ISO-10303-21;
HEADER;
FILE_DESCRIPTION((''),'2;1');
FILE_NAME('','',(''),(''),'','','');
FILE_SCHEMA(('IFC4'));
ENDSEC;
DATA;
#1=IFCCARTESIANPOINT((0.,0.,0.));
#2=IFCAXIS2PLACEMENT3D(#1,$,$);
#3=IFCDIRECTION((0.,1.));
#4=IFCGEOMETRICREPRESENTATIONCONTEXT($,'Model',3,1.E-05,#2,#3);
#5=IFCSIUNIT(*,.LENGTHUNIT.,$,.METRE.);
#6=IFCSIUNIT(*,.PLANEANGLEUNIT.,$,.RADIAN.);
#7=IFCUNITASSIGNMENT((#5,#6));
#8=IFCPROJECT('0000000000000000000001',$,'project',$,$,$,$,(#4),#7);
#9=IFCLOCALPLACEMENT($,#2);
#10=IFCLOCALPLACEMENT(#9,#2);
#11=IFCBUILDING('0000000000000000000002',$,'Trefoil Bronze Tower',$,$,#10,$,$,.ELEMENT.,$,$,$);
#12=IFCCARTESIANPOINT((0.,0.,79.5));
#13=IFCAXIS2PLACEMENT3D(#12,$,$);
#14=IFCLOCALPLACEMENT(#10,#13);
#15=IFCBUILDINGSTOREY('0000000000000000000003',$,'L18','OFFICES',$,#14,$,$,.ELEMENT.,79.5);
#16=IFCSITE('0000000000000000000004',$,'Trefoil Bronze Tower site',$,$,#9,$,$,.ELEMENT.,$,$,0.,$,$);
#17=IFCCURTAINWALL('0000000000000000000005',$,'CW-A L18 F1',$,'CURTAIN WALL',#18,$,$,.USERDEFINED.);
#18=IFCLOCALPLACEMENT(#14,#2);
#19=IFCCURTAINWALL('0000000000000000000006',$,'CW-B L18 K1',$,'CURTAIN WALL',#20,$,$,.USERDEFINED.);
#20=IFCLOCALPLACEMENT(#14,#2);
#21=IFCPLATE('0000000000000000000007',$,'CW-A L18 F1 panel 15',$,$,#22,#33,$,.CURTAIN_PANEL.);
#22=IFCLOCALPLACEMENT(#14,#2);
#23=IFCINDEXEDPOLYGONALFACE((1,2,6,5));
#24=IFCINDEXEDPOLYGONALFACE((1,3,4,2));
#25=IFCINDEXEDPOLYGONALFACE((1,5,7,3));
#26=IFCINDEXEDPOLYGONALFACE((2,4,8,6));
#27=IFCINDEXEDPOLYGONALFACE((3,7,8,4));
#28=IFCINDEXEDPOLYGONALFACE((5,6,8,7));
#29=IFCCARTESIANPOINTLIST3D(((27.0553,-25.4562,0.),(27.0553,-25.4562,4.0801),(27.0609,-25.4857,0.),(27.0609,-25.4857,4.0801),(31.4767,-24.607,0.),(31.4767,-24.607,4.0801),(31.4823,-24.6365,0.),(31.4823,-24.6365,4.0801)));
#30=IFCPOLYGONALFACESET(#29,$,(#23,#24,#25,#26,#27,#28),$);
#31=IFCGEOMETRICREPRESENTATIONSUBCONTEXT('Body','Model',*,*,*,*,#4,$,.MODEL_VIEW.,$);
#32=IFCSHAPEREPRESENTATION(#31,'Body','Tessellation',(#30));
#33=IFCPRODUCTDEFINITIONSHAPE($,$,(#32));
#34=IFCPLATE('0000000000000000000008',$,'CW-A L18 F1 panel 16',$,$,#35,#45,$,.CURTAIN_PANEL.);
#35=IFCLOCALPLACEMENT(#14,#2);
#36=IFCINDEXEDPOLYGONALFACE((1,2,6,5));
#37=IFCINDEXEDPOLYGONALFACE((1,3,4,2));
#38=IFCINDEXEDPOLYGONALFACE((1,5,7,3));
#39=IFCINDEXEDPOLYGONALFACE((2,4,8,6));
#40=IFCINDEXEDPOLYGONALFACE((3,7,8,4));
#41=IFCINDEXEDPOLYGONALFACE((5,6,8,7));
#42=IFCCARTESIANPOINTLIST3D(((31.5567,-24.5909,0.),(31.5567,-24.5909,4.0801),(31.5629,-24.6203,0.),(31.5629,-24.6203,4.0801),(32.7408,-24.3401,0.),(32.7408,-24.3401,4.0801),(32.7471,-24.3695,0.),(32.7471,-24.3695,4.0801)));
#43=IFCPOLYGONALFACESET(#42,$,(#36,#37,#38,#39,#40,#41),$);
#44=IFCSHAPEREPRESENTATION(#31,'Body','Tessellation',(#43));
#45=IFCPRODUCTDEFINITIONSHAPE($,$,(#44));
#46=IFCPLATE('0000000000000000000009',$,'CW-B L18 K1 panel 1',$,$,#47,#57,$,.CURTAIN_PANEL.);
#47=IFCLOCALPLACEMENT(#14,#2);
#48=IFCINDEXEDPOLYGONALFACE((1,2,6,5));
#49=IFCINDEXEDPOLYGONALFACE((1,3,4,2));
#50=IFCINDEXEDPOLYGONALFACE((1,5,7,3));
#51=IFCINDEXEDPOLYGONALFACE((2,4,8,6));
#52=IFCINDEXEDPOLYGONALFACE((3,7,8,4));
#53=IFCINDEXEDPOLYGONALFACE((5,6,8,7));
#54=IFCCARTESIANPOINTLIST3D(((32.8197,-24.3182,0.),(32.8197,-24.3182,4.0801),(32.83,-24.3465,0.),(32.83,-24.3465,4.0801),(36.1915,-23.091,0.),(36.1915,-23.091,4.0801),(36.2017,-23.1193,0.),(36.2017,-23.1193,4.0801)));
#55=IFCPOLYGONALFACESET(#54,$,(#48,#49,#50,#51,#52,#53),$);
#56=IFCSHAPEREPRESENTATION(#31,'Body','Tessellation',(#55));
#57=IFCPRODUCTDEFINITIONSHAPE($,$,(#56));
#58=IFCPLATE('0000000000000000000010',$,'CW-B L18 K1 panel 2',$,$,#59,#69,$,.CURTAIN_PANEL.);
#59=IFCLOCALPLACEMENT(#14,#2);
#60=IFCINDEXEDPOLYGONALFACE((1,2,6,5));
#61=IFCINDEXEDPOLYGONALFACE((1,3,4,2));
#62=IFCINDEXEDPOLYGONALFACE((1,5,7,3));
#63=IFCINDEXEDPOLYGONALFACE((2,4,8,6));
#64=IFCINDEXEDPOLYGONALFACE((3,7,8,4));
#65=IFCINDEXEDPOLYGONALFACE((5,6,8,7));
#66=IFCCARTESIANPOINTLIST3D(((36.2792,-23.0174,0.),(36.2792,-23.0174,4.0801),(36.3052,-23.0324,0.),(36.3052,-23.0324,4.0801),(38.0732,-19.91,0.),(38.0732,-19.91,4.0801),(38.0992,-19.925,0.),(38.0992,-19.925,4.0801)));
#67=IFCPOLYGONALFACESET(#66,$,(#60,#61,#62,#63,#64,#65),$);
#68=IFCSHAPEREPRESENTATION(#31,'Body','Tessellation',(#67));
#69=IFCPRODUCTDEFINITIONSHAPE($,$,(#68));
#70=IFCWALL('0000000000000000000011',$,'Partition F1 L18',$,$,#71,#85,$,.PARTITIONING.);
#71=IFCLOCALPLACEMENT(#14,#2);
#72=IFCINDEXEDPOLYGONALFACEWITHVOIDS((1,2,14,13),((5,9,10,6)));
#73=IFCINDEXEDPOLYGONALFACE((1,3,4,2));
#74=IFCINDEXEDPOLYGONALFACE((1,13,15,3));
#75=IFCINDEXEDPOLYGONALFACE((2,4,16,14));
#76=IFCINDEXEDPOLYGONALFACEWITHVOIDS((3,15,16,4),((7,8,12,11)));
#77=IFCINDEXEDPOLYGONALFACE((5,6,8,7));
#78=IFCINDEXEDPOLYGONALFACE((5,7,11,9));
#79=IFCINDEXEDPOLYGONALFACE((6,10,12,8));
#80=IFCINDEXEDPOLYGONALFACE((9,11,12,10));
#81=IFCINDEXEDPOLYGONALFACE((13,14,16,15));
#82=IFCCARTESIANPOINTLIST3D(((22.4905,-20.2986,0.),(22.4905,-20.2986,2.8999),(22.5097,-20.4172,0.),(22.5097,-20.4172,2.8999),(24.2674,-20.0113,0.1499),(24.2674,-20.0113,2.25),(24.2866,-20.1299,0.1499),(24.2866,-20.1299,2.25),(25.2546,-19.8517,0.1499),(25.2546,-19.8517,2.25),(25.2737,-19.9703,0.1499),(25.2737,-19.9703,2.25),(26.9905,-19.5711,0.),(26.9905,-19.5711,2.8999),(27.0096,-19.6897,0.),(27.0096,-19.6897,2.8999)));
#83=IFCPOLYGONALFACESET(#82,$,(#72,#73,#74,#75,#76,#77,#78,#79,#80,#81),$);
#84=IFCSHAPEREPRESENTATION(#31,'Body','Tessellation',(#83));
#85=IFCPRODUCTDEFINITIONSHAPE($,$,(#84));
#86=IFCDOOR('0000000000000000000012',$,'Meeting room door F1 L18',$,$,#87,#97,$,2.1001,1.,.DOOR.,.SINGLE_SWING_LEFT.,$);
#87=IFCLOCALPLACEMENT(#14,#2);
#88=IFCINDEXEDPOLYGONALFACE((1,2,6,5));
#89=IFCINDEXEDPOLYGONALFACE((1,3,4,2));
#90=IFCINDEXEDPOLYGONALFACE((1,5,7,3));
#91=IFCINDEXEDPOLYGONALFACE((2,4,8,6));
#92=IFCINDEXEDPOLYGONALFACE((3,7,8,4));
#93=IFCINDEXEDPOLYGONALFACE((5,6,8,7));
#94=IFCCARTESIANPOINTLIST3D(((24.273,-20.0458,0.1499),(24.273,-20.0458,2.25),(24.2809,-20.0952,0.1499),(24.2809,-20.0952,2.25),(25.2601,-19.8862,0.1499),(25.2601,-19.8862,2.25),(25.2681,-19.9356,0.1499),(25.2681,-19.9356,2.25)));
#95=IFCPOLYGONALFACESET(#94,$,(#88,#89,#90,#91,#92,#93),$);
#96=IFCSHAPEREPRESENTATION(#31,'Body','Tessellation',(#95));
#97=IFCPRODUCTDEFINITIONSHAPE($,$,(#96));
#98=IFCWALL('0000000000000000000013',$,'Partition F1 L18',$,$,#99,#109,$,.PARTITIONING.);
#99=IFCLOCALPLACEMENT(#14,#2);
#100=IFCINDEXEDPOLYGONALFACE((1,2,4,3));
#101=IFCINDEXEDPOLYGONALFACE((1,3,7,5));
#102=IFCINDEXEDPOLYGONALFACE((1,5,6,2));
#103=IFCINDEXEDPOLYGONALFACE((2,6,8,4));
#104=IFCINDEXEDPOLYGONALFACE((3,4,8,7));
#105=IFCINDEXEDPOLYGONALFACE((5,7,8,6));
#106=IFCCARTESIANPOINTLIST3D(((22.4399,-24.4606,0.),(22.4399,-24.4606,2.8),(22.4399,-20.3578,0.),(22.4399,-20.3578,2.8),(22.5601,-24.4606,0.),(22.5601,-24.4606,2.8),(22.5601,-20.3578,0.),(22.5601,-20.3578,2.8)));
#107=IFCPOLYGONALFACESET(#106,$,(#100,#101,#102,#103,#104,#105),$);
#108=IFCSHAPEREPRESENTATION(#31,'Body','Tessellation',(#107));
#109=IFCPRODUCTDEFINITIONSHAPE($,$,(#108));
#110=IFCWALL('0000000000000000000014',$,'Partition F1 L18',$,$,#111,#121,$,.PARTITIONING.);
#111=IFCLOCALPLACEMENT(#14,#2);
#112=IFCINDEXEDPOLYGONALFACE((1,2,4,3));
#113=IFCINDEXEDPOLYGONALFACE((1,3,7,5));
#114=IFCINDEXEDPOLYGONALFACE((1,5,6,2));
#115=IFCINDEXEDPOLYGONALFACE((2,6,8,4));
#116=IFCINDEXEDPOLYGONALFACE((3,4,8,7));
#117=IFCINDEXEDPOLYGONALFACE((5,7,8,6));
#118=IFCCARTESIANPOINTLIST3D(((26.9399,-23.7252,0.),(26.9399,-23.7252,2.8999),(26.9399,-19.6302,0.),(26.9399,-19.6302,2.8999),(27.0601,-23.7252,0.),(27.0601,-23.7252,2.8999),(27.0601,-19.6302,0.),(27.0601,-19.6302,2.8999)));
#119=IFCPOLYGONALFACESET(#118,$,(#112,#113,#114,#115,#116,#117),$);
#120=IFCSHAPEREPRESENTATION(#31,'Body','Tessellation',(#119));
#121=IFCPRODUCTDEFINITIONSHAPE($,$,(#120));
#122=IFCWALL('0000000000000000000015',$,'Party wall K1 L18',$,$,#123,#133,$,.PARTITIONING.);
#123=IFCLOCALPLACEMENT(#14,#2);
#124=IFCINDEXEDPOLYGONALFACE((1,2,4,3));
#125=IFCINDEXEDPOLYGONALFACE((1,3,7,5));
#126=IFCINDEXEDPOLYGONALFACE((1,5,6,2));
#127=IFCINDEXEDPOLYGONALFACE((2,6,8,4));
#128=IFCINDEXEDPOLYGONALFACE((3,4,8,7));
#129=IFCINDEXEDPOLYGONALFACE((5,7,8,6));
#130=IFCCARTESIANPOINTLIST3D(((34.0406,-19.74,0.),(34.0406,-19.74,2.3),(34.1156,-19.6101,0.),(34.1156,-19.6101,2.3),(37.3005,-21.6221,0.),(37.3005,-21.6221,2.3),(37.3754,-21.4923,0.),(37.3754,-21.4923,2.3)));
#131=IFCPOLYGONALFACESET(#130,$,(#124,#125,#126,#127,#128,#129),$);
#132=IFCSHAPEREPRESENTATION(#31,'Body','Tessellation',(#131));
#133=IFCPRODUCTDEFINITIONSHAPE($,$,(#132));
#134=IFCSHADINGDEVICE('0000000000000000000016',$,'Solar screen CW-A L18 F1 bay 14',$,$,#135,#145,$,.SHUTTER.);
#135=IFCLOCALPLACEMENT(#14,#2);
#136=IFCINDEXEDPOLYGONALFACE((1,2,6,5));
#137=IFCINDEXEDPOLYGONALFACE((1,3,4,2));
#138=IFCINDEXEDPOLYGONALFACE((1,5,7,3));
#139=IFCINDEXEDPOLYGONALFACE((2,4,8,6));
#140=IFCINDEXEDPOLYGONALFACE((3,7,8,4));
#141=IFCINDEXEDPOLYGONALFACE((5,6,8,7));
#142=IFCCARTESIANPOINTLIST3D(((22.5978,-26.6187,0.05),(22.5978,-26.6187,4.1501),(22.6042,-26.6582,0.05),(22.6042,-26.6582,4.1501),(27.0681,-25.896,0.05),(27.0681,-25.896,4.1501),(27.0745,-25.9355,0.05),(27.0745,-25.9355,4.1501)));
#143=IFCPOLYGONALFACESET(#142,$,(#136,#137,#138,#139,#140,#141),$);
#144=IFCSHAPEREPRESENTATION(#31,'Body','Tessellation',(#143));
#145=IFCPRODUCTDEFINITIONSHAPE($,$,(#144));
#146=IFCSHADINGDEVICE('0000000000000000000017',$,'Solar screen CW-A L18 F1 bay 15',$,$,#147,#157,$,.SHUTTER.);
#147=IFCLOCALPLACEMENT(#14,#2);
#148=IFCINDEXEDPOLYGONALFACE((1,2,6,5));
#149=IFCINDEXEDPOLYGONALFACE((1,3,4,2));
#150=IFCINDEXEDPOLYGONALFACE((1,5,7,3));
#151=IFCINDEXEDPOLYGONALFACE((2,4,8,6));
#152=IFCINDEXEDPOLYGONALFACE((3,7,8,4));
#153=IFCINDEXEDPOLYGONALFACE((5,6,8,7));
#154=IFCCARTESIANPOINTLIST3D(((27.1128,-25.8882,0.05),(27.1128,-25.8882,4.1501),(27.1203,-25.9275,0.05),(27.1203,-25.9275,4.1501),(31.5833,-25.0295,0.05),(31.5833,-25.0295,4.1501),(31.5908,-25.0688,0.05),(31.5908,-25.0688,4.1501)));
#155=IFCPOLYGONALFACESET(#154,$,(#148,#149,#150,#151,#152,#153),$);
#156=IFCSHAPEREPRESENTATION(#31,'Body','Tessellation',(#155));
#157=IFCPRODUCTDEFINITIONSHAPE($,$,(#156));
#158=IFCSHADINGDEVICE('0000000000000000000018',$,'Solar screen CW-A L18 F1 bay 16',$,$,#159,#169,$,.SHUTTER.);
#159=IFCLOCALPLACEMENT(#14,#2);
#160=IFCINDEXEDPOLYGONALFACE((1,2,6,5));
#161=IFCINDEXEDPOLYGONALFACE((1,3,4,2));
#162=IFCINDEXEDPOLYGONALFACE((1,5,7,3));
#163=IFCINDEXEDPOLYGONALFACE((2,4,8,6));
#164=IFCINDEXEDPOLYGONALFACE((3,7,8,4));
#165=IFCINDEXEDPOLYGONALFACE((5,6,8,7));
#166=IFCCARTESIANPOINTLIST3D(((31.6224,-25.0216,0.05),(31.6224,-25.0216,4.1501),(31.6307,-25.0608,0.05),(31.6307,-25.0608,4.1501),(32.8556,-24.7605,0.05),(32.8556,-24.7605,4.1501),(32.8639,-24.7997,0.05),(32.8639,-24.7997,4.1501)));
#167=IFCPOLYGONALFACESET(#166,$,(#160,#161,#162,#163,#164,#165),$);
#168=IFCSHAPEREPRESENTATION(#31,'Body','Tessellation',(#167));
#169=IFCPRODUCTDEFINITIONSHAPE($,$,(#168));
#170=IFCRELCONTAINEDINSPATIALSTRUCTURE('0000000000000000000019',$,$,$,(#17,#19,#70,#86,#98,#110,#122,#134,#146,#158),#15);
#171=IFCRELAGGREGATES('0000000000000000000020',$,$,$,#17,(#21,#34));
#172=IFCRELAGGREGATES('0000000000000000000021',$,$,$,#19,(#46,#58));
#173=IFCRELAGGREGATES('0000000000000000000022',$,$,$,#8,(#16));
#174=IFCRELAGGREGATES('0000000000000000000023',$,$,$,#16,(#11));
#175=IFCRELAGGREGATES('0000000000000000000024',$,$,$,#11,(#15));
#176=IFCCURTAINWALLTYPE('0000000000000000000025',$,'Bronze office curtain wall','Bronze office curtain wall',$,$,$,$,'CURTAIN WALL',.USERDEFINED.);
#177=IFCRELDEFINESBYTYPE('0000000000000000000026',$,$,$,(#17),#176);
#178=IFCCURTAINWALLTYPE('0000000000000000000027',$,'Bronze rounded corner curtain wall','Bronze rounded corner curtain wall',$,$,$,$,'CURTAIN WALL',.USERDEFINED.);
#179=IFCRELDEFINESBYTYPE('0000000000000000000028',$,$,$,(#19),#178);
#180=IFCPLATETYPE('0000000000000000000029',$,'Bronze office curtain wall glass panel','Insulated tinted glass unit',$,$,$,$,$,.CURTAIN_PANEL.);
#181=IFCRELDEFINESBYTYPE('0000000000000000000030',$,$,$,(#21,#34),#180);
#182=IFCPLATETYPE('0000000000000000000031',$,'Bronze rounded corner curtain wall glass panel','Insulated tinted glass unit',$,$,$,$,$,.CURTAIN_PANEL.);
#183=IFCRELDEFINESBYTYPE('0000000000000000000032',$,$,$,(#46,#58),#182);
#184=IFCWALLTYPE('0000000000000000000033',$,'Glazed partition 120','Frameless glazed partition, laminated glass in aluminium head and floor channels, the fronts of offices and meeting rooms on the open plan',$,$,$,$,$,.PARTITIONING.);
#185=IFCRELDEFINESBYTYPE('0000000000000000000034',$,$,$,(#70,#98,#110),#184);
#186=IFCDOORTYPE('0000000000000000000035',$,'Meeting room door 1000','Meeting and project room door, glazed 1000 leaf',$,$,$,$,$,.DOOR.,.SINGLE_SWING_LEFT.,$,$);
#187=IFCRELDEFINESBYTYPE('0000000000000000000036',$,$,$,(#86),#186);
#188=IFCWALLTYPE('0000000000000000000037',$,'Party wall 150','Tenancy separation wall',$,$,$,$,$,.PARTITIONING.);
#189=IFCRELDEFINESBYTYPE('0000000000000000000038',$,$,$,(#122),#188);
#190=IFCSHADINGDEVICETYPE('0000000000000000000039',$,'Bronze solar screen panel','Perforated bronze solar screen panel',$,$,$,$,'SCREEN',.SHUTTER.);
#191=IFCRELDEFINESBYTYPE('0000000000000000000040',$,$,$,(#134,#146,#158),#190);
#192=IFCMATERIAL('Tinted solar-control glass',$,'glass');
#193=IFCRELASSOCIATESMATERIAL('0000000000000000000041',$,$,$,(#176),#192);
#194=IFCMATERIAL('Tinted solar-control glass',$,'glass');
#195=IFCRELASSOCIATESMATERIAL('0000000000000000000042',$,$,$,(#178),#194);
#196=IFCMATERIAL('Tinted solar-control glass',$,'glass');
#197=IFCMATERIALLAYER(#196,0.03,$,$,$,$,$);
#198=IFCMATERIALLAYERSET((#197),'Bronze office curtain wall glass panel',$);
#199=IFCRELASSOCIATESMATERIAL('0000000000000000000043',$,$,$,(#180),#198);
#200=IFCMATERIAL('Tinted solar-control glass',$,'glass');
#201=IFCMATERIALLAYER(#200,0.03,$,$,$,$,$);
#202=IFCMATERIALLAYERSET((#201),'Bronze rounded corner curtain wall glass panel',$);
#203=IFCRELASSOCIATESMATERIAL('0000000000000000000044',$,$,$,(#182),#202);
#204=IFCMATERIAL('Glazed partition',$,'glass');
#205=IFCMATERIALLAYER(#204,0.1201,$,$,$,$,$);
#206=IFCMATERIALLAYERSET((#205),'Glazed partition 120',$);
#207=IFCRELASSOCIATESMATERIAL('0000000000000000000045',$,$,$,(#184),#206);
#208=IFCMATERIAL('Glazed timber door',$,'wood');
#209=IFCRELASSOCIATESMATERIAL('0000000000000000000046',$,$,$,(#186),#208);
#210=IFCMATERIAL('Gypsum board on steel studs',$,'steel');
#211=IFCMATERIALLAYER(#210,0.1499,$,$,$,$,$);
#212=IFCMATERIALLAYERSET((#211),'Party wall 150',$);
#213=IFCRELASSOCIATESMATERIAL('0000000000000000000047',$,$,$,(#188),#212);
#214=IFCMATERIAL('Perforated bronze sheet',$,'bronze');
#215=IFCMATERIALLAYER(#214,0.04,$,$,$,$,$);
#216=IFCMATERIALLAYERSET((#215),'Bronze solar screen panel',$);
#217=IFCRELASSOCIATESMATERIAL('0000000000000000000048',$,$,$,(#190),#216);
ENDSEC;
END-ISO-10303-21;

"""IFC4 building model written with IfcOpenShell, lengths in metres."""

from ifc_helpers import new_model, si_unit, direction, frame, frame_2d, origin, origin_2d, place, context, subcontext, project, spatial, rectangle, extrude, material, layer, layer_set, type_object, element, fill, aggregate, save


model = new_model("IFC4")

# Units and contexts
model_context = context("Model", 3, precision=1e-05, world=origin(), true_north=direction((0.0, 1.0)))
body_context = subcontext(model_context, "Body", "Model", "MODEL_VIEW")
ifc_project = project(units=[si_unit("LENGTHUNIT", "METRE"), si_unit("PLANEANGLEUNIT", "RADIAN")], contexts=[model_context])

# Site, building, storey
site_placement = place(None, origin())
site = spatial("IfcSite", under=ifc_project, at=site_placement, Name="Trefoil Bronze Tower site", CompositionType="ELEMENT", RefElevation=0.0)
building_placement = place(site_placement, origin())
building = spatial("IfcBuilding", under=site, at=building_placement, Name="Trefoil Bronze Tower", CompositionType="ELEMENT")
storey_placement = place(building_placement, frame((0.0, 0.0, 79.5)))
storey = spatial("IfcBuildingStorey", under=building, at=storey_placement, Name="L18", Description="OFFICES", CompositionType="ELEMENT", Elevation=79.5)

# Curtain walls
ifc_material_1 = material(Name="Tinted solar-control glass", Category="glass")
curtain_wall_type_1 = type_object("IfcCurtainWallType", Name="Bronze office curtain wall", Description="Bronze office curtain wall", ElementType="CURTAIN WALL", PredefinedType="USERDEFINED", material=ifc_material_1)
curtain_wall_1_placement = place(storey_placement, origin())
curtain_wall_1 = element("IfcCurtainWall", 1, at=curtain_wall_1_placement, inside=storey, type_object=curtain_wall_type_1, Name="CW-A L18 F1", ObjectType="CURTAIN WALL", PredefinedType="USERDEFINED")
ifc_material_2 = material(Name="Tinted solar-control glass", Category="glass")
curtain_wall_type_2 = type_object("IfcCurtainWallType", Name="Bronze rounded corner curtain wall", Description="Bronze rounded corner curtain wall", ElementType="CURTAIN WALL", PredefinedType="USERDEFINED", material=ifc_material_2)
curtain_wall_2_placement = place(storey_placement, origin())
curtain_wall_2 = element("IfcCurtainWall", 2, at=curtain_wall_2_placement, inside=storey, type_object=curtain_wall_type_2, Name="CW-B L18 K1", ObjectType="CURTAIN WALL", PredefinedType="USERDEFINED")

# Plates
ifc_material_3 = material(Name="Tinted solar-control glass", Category="glass")
ifc_layer_1 = layer(ifc_material_3, 0.03)
ifc_layer_set_1 = layer_set([ifc_layer_1], Name="Bronze office curtain wall glass panel")
plate_type_1 = type_object("IfcPlateType", Name="Bronze office curtain wall glass panel", Description="Insulated tinted glass unit", PredefinedType="CURTAIN_PANEL", material=ifc_layer_set_1)
plate_1_placement = place(storey_placement, frame((29.2688, -25.0464, 0.0), z_axis=(0.0, 0.0, 1.0), x_axis=(0.98205, 0.188622, 0.0)))
plate_1 = element("IfcPlate", 3, at=plate_1_placement, type_object=plate_type_1, Name="CW-A L18 F1 panel 15", PredefinedType="CURTAIN_PANEL", context=body_context, shape_type="SweptSolid", body=[
    extrude(rectangle(XDim=4.5022, YDim=0.03, at=origin_2d()), origin(), (0.0, 0.0, 1.0), 4.0801),
])
plate_2_placement = place(storey_placement, frame((32.1519, -24.4802, 0.0), z_axis=(0.0, 0.0, 1.0), x_axis=(0.978303, 0.207181, 0.0)))
plate_2 = element("IfcPlate", 4, at=plate_2_placement, type_object=plate_type_1, Name="CW-A L18 F1 panel 16", PredefinedType="CURTAIN_PANEL", context=body_context, shape_type="SweptSolid", body=[
    extrude(rectangle(XDim=1.2104, YDim=0.03, at=origin_2d()), origin(), (0.0, 0.0, 1.0), 4.0801),
])
aggregate(curtain_wall_1, [plate_1, plate_2])
ifc_material_4 = material(Name="Tinted solar-control glass", Category="glass")
ifc_layer_2 = layer(ifc_material_4, 0.03)
ifc_layer_set_2 = layer_set([ifc_layer_2], Name="Bronze rounded corner curtain wall glass panel")
plate_type_2 = type_object("IfcPlateType", Name="Bronze rounded corner curtain wall glass panel", Description="Insulated tinted glass unit", PredefinedType="CURTAIN_PANEL", material=ifc_layer_set_2)
plate_3_placement = place(storey_placement, frame((34.5107, -23.7188, 0.0), z_axis=(0.0, 0.0, 1.0), x_axis=(0.939693, 0.34202, 0.0)))
plate_3 = element("IfcPlate", 5, at=plate_3_placement, type_object=plate_type_2, Name="CW-B L18 K1 panel 1", PredefinedType="CURTAIN_PANEL", context=body_context, shape_type="SweptSolid", body=[
    extrude(rectangle(XDim=3.5881, YDim=0.03, at=origin_2d()), origin(), (0.0, 0.0, 1.0), 4.0801),
])
plate_4_placement = place(storey_placement, frame((37.1892, -21.4712, 0.0), z_axis=(0.0, 0.0, 1.0), x_axis=(0.5, 0.866025, 0.0)))
plate_4 = element("IfcPlate", 6, at=plate_4_placement, type_object=plate_type_2, Name="CW-B L18 K1 panel 2", PredefinedType="CURTAIN_PANEL", context=body_context, shape_type="SweptSolid", body=[
    extrude(rectangle(XDim=3.5881, YDim=0.03, at=origin_2d()), origin(), (0.0, 0.0, 1.0), 4.0801),
])
aggregate(curtain_wall_2, [plate_3, plate_4])

# Wall, opening, door
ifc_material_5 = material(Name="Glazed partition", Category="glass")
ifc_layer_3 = layer(ifc_material_5, 0.1201)
ifc_layer_set_3 = layer_set([ifc_layer_3], Name="Glazed partition 120")
wall_type_1 = type_object("IfcWallType", Name="Glazed partition 120", Description="Frameless glazed partition, laminated glass in aluminium head and floor channels, the fronts of offices and meeting rooms on the open plan", PredefinedType="PARTITIONING", material=ifc_layer_set_3)
wall_1_placement = place(storey_placement, frame((22.5, -20.3579, 0.0), z_axis=(0.0, 0.0, 1.0), x_axis=(0.987181, 0.159603, 0.0)))
wall_1 = element("IfcWall", 7, at=wall_1_placement, inside=storey, type_object=wall_type_1, Name="Partition F1 L18", PredefinedType="PARTITIONING", context=body_context, shape_type="SweptSolid", body=[
    extrude(rectangle(XDim=4.5583, YDim=0.1201, at=frame_2d((2.2793, 0.0))), origin(), (0.0, 0.0, 1.0), 2.8999),
])
opening_placement = place(wall_1_placement, frame((1.8, 0.0, 0.1499)))
opening = element("IfcOpeningElement", 8, at=opening_placement, cuts=wall_1, PredefinedType="OPENING", context=body_context, shape_type="SweptSolid", body=[
    extrude(rectangle(XDim=1.0, YDim=2.1001, at=frame_2d((0.5, 1.05))), frame((0.0, 0.0701, 0.0), z_axis=(0.0, -1.0, 0.0), x_axis=(1.0, 0.0, 0.0)), (0.0, 0.0, 1.0), 0.1401),
])
ifc_material_6 = material(Name="Glazed timber door", Category="wood")
door_type = type_object("IfcDoorType", Name="Meeting room door 1000", Description="Meeting and project room door, glazed 1000 leaf", OperationType="SINGLE_SWING_LEFT", PredefinedType="DOOR", material=ifc_material_6)
door_placement = place(opening_placement, frame((1.0, 0.0, 0.0), z_axis=(0.0, 0.0, 1.0), x_axis=(-1.0, 0.0, 0.0)))
door = element("IfcDoor", 9, at=door_placement, inside=storey, type_object=door_type, Name="Meeting room door F1 L18", OperationType="SINGLE_SWING_LEFT", OverallHeight=2.1001, OverallWidth=1.0, PredefinedType="DOOR", context=body_context, shape_type="SweptSolid", body=[
    extrude(rectangle(XDim=1.0, YDim=2.1001, at=frame_2d((0.5, 1.05))), frame((0.0, 0.0249, 0.0), z_axis=(0.0, -1.0, 0.0), x_axis=(1.0, 0.0, 0.0)), (0.0, 0.0, 1.0), 0.05),
])
fill(opening, door)

# Walls
wall_2_placement = place(storey_placement, frame((22.5, -20.3579, 0.0), z_axis=(0.0, 0.0, 1.0), x_axis=(0.0, -1.0, 0.0)))
element("IfcWall", 10, at=wall_2_placement, inside=storey, type_object=wall_type_1, Name="Partition F1 L18", PredefinedType="PARTITIONING", context=body_context, shape_type="SweptSolid", body=[
    extrude(rectangle(XDim=4.1028, YDim=0.1201, at=frame_2d((2.0513, 0.0))), origin(), (0.0, 0.0, 1.0), 2.8),
])
wall_3_placement = place(storey_placement, frame((27.0, -19.6304, 0.0), z_axis=(0.0, 0.0, 1.0), x_axis=(0.0, -1.0, 0.0)))
element("IfcWall", 11, at=wall_3_placement, inside=storey, type_object=wall_type_1, Name="Partition F1 L18", PredefinedType="PARTITIONING", context=body_context, shape_type="SweptSolid", body=[
    extrude(rectangle(XDim=4.095, YDim=0.1201, at=frame_2d((2.0474, 0.0))), origin(), (0.0, 0.0, 1.0), 2.8999),
])
ifc_material_7 = material(Name="Gypsum board on steel studs", Category="steel")
ifc_layer_4 = layer(ifc_material_7, 0.1499)
ifc_layer_set_4 = layer_set([ifc_layer_4], Name="Party wall 150")
wall_type_2 = type_object("IfcWallType", Name="Party wall 150", Description="Tenancy separation wall", PredefinedType="PARTITIONING", material=ifc_layer_set_4)
wall_4_placement = place(storey_placement, frame((34.0781, -19.675, 0.0), z_axis=(0.0, 0.0, 1.0), x_axis=(0.866019, -0.500011, 0.0)))
element("IfcWall", 12, at=wall_4_placement, inside=storey, type_object=wall_type_2, Name="Party wall K1 L18", PredefinedType="PARTITIONING", context=body_context, shape_type="SweptSolid", body=[
    extrude(rectangle(XDim=3.7642, YDim=0.1499, at=frame_2d((1.8821, 0.0))), origin(), (0.0, 0.0, 1.0), 2.3),
])

# Shading devices
ifc_material_8 = material(Name="Perforated bronze sheet", Category="bronze")
ifc_layer_5 = layer(ifc_material_8, 0.04)
ifc_layer_set_5 = layer_set([ifc_layer_5], Name="Bronze solar screen panel")
shading_device_type = type_object("IfcShadingDeviceType", Name="Bronze solar screen panel", Description="Perforated bronze solar screen panel", ElementType="SCREEN", PredefinedType="SHUTTER", material=ifc_layer_set_5)
shading_device_1_placement = place(storey_placement, frame((24.8362, -26.2771, 0.05), z_axis=(0.0, 0.0, 1.0), x_axis=(0.987181, 0.159603, 0.0)))
element("IfcShadingDevice", 13, at=shading_device_1_placement, inside=storey, type_object=shading_device_type, Name="Solar screen CW-A L18 F1 bay 14", PredefinedType="SHUTTER", context=body_context, shape_type="SweptSolid", body=[
    extrude(rectangle(XDim=4.5283, YDim=0.04, at=origin_2d()), origin(), (0.0, 0.0, 1.0), 4.1001),
])
shading_device_2_placement = place(storey_placement, frame((29.3518, -25.4785, 0.05), z_axis=(0.0, 0.0, 1.0), x_axis=(0.98205, 0.188622, 0.0)))
element("IfcShadingDevice", 14, at=shading_device_2_placement, inside=storey, type_object=shading_device_type, Name="Solar screen CW-A L18 F1 bay 15", PredefinedType="SHUTTER", context=body_context, shape_type="SweptSolid", body=[
    extrude(rectangle(XDim=4.5522, YDim=0.04, at=origin_2d()), origin(), (0.0, 0.0, 1.0), 4.1001),
])
shading_device_3_placement = place(storey_placement, frame((32.2432, -24.9106, 0.05), z_axis=(0.0, 0.0, 1.0), x_axis=(0.978303, 0.207181, 0.0)))
element("IfcShadingDevice", 15, at=shading_device_3_placement, inside=storey, type_object=shading_device_type, Name="Solar screen CW-A L18 F1 bay 16", PredefinedType="SHUTTER", context=body_context, shape_type="SweptSolid", body=[
    extrude(rectangle(XDim=1.2605, YDim=0.04, at=origin_2d()), origin(), (0.0, 0.0, 1.0), 4.1001),
])

save(model, "model.ifc")
